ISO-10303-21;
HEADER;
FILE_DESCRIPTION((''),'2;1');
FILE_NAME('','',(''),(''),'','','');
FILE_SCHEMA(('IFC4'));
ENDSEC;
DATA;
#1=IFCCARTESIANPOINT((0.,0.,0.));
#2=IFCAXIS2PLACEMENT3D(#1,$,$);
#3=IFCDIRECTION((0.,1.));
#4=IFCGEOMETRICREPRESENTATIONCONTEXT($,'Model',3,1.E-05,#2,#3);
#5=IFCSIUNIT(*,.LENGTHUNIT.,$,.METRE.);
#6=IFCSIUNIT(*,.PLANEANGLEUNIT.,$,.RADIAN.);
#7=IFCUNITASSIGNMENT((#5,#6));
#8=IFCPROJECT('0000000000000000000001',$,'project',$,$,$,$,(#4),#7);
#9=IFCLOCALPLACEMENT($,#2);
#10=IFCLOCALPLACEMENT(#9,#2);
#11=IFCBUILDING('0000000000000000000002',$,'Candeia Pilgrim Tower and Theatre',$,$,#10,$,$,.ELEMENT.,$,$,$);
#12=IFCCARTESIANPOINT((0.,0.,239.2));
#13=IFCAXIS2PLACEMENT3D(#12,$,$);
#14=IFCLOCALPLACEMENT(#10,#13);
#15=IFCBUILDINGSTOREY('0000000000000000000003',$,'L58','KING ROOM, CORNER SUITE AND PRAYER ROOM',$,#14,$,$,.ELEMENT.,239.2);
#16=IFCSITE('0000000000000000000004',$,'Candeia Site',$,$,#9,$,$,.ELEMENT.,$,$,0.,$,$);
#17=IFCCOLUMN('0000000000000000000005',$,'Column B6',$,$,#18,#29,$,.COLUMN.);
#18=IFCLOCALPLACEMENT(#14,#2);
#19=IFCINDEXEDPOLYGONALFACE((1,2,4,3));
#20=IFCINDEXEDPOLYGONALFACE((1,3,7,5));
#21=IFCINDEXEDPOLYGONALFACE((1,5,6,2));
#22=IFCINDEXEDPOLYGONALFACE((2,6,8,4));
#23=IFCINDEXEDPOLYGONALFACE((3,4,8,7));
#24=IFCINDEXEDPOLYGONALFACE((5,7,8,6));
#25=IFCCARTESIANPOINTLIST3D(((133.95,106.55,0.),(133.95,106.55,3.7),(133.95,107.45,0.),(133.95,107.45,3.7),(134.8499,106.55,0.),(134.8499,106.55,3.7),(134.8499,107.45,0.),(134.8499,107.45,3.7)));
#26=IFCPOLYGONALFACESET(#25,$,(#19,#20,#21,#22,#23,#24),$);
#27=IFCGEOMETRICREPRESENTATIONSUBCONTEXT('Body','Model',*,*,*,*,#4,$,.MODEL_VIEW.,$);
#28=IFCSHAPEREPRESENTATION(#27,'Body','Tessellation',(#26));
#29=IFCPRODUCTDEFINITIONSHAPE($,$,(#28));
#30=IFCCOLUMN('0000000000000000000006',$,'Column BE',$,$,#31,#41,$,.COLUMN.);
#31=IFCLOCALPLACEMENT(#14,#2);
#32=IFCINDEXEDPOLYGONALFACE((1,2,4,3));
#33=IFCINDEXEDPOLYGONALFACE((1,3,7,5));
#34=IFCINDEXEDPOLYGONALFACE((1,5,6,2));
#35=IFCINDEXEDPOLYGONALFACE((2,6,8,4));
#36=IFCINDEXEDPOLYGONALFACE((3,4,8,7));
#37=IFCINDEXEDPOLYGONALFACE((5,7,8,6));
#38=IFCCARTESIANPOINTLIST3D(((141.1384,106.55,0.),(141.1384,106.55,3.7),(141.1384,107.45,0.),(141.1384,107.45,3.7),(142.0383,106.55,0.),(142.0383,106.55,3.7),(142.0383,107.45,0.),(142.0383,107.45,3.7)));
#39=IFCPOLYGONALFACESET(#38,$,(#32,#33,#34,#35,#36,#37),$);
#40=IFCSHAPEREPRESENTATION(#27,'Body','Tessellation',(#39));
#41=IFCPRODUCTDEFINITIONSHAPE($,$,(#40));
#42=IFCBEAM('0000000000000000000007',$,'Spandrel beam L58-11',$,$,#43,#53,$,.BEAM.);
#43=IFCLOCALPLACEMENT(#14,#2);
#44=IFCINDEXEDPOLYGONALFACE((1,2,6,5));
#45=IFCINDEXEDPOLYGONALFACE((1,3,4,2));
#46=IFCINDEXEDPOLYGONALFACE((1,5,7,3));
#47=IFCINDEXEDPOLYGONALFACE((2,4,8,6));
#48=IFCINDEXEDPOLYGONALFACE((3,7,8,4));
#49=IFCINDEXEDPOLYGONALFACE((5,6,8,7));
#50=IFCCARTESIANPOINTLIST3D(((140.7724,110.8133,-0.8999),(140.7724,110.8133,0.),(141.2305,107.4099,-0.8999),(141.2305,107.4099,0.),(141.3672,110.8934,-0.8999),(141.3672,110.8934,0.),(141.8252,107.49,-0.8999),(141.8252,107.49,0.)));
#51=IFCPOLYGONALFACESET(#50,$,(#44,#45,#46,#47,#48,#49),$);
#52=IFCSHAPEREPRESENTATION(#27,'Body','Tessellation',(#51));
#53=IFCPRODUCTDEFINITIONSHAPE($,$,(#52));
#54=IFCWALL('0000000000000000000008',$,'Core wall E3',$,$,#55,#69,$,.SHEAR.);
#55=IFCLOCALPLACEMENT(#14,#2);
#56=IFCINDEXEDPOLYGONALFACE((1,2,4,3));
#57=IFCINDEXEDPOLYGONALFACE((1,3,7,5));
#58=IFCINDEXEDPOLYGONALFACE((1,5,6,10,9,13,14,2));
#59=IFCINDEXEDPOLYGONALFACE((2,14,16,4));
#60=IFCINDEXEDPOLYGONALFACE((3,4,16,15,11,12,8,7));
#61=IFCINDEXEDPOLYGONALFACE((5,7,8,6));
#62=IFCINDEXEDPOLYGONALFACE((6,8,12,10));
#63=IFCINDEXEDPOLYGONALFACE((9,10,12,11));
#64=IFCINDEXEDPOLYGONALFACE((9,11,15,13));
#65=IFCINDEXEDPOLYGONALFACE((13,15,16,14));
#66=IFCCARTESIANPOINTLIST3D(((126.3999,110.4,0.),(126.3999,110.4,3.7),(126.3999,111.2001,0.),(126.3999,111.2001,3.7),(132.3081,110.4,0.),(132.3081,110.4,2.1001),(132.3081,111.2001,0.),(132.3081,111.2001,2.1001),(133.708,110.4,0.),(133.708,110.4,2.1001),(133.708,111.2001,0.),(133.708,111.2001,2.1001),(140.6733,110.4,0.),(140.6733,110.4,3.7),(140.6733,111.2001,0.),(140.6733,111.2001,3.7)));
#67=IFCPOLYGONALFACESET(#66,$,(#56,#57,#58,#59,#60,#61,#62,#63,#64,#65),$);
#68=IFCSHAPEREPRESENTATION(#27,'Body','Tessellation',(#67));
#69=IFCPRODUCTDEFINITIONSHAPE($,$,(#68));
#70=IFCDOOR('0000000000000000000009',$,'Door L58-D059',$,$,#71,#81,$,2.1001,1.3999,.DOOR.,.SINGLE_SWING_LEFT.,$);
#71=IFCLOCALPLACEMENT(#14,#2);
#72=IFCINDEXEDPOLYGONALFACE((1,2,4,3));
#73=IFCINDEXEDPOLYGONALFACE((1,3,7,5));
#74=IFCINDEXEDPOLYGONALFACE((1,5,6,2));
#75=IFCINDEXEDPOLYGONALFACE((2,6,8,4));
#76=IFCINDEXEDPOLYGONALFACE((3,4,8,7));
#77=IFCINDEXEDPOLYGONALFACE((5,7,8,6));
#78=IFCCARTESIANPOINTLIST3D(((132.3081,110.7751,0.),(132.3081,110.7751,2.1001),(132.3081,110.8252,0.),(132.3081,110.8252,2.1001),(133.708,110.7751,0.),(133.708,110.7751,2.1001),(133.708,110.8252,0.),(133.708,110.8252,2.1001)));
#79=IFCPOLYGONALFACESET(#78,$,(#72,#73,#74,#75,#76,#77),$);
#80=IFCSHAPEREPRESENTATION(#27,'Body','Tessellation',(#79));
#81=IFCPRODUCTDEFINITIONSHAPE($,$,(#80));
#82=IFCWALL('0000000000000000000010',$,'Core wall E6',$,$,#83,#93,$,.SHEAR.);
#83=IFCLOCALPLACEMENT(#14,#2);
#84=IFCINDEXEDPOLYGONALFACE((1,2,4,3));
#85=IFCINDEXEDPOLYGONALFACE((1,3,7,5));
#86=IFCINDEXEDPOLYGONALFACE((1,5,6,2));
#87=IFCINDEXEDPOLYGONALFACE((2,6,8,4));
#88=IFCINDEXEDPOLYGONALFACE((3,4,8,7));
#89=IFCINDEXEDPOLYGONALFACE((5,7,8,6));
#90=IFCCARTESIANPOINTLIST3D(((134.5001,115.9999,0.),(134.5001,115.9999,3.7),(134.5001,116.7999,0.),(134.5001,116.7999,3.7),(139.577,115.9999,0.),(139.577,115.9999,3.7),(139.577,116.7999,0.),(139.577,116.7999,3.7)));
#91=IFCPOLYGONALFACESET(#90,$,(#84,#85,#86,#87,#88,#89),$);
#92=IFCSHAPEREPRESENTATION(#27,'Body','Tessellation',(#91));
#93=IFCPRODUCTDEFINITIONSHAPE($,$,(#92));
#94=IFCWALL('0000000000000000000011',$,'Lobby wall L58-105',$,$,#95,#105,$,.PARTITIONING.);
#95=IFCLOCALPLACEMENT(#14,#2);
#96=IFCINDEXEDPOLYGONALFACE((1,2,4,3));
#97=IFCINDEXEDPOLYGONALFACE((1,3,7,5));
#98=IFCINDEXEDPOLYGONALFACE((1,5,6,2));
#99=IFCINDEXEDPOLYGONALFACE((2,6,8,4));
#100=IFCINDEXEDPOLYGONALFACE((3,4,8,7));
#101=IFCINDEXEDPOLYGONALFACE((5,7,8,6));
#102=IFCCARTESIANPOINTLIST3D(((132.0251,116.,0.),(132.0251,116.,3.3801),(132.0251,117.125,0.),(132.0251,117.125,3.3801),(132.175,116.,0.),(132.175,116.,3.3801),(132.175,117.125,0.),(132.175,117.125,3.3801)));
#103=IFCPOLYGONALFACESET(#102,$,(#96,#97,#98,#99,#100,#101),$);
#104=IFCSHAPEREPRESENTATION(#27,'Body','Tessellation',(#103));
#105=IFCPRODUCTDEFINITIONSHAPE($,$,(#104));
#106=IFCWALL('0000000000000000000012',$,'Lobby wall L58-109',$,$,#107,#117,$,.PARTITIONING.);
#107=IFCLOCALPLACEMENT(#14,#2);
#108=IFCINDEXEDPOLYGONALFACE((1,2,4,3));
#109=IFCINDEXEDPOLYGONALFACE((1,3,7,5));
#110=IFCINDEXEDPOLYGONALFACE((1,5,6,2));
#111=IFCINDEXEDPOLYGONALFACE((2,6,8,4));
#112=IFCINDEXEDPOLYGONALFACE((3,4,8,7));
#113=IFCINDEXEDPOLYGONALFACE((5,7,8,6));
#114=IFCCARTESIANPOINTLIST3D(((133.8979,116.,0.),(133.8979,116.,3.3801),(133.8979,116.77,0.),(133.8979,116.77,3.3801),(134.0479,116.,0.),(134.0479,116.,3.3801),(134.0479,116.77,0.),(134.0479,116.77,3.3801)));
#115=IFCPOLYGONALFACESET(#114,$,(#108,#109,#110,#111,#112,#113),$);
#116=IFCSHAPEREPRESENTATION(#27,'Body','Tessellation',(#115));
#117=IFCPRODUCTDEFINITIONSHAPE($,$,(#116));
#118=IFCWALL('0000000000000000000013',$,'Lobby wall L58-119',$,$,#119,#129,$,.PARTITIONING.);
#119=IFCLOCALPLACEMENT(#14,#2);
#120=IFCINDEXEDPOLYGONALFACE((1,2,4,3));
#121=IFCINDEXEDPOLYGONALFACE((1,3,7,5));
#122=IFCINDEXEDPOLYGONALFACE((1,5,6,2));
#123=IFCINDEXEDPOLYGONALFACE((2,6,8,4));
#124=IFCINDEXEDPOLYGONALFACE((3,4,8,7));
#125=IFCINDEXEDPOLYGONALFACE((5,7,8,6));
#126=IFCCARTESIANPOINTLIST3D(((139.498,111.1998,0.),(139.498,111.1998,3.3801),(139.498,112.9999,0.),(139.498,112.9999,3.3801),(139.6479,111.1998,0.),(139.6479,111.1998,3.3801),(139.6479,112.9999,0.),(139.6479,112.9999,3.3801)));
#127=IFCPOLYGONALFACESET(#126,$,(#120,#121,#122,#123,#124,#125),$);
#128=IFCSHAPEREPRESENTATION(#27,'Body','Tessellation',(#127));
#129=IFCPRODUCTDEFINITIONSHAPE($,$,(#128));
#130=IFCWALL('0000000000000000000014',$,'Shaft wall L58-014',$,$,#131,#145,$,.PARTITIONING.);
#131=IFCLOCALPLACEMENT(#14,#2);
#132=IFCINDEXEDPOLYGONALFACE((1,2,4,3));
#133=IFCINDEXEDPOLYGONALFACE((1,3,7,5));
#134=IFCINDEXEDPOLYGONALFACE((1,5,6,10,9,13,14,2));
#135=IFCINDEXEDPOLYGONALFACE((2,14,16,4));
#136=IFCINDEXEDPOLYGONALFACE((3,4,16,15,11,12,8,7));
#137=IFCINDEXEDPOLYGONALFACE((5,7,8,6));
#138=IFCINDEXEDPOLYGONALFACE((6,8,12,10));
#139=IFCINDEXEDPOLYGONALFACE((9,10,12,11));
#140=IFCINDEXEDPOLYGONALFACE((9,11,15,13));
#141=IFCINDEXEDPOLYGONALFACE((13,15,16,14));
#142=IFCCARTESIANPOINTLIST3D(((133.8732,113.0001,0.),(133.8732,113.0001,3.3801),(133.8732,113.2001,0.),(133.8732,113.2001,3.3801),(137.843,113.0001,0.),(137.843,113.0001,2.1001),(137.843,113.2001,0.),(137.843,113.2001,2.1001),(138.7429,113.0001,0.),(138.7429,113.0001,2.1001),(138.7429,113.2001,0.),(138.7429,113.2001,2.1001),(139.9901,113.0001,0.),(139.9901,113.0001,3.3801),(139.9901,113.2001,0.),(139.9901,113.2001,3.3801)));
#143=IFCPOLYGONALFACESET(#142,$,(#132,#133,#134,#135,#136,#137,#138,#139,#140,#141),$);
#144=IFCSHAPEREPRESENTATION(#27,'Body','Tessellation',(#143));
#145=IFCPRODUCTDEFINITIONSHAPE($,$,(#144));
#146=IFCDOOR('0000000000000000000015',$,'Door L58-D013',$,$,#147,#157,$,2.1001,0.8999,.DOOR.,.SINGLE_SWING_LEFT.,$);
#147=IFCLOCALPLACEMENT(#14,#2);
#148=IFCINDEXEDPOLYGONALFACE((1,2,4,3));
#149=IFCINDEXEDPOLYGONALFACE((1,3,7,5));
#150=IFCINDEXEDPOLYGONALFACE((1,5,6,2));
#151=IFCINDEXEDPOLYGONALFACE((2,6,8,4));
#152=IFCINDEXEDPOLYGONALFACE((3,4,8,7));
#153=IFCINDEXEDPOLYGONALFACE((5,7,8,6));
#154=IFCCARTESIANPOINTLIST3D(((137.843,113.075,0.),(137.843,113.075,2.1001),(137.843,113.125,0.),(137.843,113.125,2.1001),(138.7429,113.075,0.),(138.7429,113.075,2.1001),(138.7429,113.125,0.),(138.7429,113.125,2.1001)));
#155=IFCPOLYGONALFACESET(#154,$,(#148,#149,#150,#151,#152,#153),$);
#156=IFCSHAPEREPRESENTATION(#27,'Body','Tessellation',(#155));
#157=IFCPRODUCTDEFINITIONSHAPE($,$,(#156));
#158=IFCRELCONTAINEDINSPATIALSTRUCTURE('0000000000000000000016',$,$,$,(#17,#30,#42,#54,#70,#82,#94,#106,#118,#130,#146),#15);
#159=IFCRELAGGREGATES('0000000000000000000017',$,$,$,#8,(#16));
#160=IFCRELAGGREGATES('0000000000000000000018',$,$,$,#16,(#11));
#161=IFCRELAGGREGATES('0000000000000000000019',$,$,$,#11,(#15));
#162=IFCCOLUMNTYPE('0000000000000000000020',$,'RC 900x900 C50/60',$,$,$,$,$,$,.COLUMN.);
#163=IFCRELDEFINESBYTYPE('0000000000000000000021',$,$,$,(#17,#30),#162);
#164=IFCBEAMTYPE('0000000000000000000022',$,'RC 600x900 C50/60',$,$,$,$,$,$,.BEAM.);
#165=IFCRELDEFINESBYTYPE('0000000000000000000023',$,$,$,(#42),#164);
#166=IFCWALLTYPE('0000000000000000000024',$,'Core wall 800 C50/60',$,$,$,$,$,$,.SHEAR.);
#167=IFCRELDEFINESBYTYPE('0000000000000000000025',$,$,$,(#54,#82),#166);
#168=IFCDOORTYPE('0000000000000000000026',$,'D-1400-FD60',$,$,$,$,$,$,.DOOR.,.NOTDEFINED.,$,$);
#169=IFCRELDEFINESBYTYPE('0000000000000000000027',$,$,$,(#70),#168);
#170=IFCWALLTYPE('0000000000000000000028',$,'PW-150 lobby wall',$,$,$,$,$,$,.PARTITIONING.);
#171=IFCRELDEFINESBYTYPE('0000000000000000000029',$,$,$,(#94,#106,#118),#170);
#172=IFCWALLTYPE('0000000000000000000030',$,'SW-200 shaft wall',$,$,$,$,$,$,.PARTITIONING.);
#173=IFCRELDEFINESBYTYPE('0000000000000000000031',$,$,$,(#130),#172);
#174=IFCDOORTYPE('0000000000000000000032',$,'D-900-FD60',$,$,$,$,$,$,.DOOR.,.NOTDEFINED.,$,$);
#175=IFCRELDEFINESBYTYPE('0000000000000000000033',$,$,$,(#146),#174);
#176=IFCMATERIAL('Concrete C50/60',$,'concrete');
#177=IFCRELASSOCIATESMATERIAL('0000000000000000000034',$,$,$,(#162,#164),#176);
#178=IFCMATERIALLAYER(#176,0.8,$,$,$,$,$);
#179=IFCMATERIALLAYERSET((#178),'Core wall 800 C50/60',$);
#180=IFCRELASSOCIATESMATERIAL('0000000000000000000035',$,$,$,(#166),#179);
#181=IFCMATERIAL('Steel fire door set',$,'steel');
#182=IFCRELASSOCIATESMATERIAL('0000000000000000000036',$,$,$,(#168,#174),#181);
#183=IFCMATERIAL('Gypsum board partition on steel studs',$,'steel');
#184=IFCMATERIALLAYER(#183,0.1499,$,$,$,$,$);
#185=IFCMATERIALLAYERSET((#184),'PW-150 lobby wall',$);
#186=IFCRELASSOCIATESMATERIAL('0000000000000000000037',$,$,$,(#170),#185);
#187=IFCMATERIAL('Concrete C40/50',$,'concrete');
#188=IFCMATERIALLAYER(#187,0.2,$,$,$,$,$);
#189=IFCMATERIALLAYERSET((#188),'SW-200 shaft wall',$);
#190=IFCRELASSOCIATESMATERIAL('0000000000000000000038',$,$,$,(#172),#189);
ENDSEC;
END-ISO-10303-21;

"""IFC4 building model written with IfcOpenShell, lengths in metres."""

from ifc_helpers import new_model, si_unit, direction, frame, frame_2d, origin, origin_2d, place, context, subcontext, project, spatial, rectangle, extrude, material, layer, layer_set, material_profile, profile_set, type_object, element, fill, save


model = new_model("IFC4")

# Units and contexts
model_context = context("Model", 3, precision=1e-05, world=origin(), true_north=direction((0.0, 1.0)))
body_context = subcontext(model_context, "Body", "Model", "MODEL_VIEW")
ifc_project = project(units=[si_unit("LENGTHUNIT", "METRE"), si_unit("PLANEANGLEUNIT", "RADIAN")], contexts=[model_context])

# Site, building, storey
site_placement = place(None, origin())
site = spatial("IfcSite", under=ifc_project, at=site_placement, Name="Candeia Site", CompositionType="ELEMENT", RefElevation=0.0)
building_placement = place(site_placement, origin())
building = spatial("IfcBuilding", under=site, at=building_placement, Name="Candeia Pilgrim Tower and Theatre", CompositionType="ELEMENT")
storey_placement = place(building_placement, frame((0.0, 0.0, 239.2)))
storey = spatial("IfcBuildingStorey", under=building, at=storey_placement, Name="L58", Description="KING ROOM, CORNER SUITE AND PRAYER ROOM", CompositionType="ELEMENT", Elevation=239.2)

# Columns
ifc_material_1 = material(Name="Concrete C50/60", Category="concrete")
ifc_material_profile_1 = material_profile(ifc_material_1, rectangle(XDim=0.8999, YDim=0.8999, at=origin_2d()))
ifc_profile_set_1 = profile_set([ifc_material_profile_1], Name="Concrete C50/60")
column_type = type_object("IfcColumnType", Name="RC 900x900 C50/60", PredefinedType="COLUMN", material=ifc_profile_set_1)
for number, where, z_axis, x_axis, name in (
    (1, (134.3999, 107.0, 0.0), (0.0, 0.0, 1.0), (1.0, 0.0, 0.0), "Column B6"),
    (2, (141.5884, 107.0, 0.0), (0.0, 0.0, 1.0), (1.0, 0.0, 0.0), "Column BE"),
):
    element("IfcColumn", number, at=place(storey_placement, frame(where, z_axis=z_axis, x_axis=x_axis)), inside=storey, type_object=column_type, Name=name, PredefinedType="COLUMN", context=body_context, shape_type="SweptSolid", body=[
        extrude(rectangle(XDim=0.8999, YDim=0.8999, at=origin_2d()), origin(), (0.0, 0.0, 1.0), 3.7),
    ])

# Beam
ifc_material_profile_2 = material_profile(ifc_material_1, rectangle(XDim=0.6001, YDim=0.8999, at=origin_2d()))
ifc_profile_set_2 = profile_set([ifc_material_profile_2], Name="Concrete C50/60")
beam_type = type_object("IfcBeamType", Name="RC 600x900 C50/60", PredefinedType="BEAM", material=ifc_profile_set_2)
beam_placement = place(storey_placement, frame((141.5278, 107.45, -0.45), z_axis=(-0.133374, 0.991066, 0.0), x_axis=(-0.991066, -0.133374, 0.0)))
element("IfcBeam", 3, at=beam_placement, inside=storey, type_object=beam_type, Name="Spandrel beam L58-11", PredefinedType="BEAM", context=body_context, shape_type="SweptSolid", body=[
    extrude(rectangle(XDim=0.6001, YDim=0.8999, at=origin_2d()), origin(), (0.0, 0.0, 1.0), 3.4341),
])

# Wall, opening, door
ifc_layer_1 = layer(ifc_material_1, 0.8)
ifc_layer_set_1 = layer_set([ifc_layer_1], Name="Core wall 800 C50/60")
wall_type_1 = type_object("IfcWallType", Name="Core wall 800 C50/60", PredefinedType="SHEAR", material=ifc_layer_set_1)
wall_1_placement = place(storey_placement, frame((140.6733, 110.8, 0.0), z_axis=(0.0, 0.0, 1.0), x_axis=(-1.0, 0.0, 0.0)))
wall_1 = element("IfcWall", 4, at=wall_1_placement, inside=storey, type_object=wall_type_1, Name="Core wall E3", PredefinedType="SHEAR", context=body_context, shape_type="SweptSolid", body=[
    extrude(rectangle(XDim=14.2734, YDim=0.8, at=frame_2d((7.1367, 0.0))), origin(), (0.0, 0.0, 1.0), 3.7),
])
opening_1_placement = place(wall_1_placement, frame((6.9653, 0.0, 0.0)))
opening_1 = element("IfcOpeningElement", 5, at=opening_1_placement, cuts=wall_1, PredefinedType="OPENING", context=body_context, shape_type="SweptSolid", body=[
    extrude(rectangle(XDim=1.3999, YDim=2.1001, at=frame_2d((0.7, 1.05))), frame((0.0, 0.4102, 0.0), z_axis=(0.0, -1.0, 0.0), x_axis=(1.0, 0.0, 0.0)), (0.0, 0.0, 1.0), 0.8201),
])
ifc_material_2 = material(Name="Steel fire door set", Category="steel")
door_type_1 = type_object("IfcDoorType", Name="D-1400-FD60", OperationType="NOTDEFINED", PredefinedType="DOOR", material=ifc_material_2)
door_1_placement = place(opening_1_placement, origin())
door_1 = element("IfcDoor", 6, at=door_1_placement, inside=storey, type_object=door_type_1, Name="Door L58-D059", OperationType="SINGLE_SWING_LEFT", OverallHeight=2.1001, OverallWidth=1.3999, PredefinedType="DOOR", context=body_context, shape_type="SweptSolid", body=[
    extrude(rectangle(XDim=1.3999, YDim=2.1001, at=frame_2d((0.7, 1.05))), frame((0.0, 0.0249, 0.0), z_axis=(0.0, -1.0, 0.0), x_axis=(1.0, 0.0, 0.0)), (0.0, 0.0, 1.0), 0.05),
])
fill(opening_1, door_1)

# Walls
wall_2_placement = place(storey_placement, frame((134.5, 116.3999, 0.0), z_axis=(0.0, 0.0, 1.0), x_axis=(1.0, 0.0, 0.0)))
element("IfcWall", 7, at=wall_2_placement, inside=storey, type_object=wall_type_1, Name="Core wall E6", PredefinedType="SHEAR", context=body_context, shape_type="SweptSolid", body=[
    extrude(rectangle(XDim=5.0769, YDim=0.8, at=frame_2d((2.5386, 0.0))), origin(), (0.0, 0.0, 1.0), 3.7),
])
ifc_material_3 = material(Name="Gypsum board partition on steel studs", Category="steel")
ifc_layer_2 = layer(ifc_material_3, 0.1499)
ifc_layer_set_2 = layer_set([ifc_layer_2], Name="PW-150 lobby wall")
wall_type_2 = type_object("IfcWallType", Name="PW-150 lobby wall", PredefinedType="PARTITIONING", material=ifc_layer_set_2)
wall_3_placement = place(storey_placement, frame((132.1001, 116.0, 0.0), z_axis=(0.0, 0.0, 1.0), x_axis=(0.0, 1.0, 0.0)))
element("IfcWall", 8, at=wall_3_placement, inside=storey, type_object=wall_type_2, Name="Lobby wall L58-105", PredefinedType="PARTITIONING", context=body_context, shape_type="SweptSolid", body=[
    extrude(rectangle(XDim=1.125, YDim=0.1499, at=frame_2d((0.5625, 0.0))), origin(), (0.0, 0.0, 1.0), 3.3801),
])
wall_4_placement = place(storey_placement, frame((133.9729, 116.0, 0.0), z_axis=(0.0, 0.0, 1.0), x_axis=(0.0, 1.0, 0.0)))
element("IfcWall", 9, at=wall_4_placement, inside=storey, type_object=wall_type_2, Name="Lobby wall L58-109", PredefinedType="PARTITIONING", context=body_context, shape_type="SweptSolid", body=[
    extrude(rectangle(XDim=0.77, YDim=0.1499, at=frame_2d((0.385, 0.0))), origin(), (0.0, 0.0, 1.0), 3.3801),
])
wall_5_placement = place(storey_placement, frame((139.573, 111.2, 0.0), z_axis=(0.0, 0.0, 1.0), x_axis=(0.0, 1.0, 0.0)))
element("IfcWall", 10, at=wall_5_placement, inside=storey, type_object=wall_type_2, Name="Lobby wall L58-119", PredefinedType="PARTITIONING", context=body_context, shape_type="SweptSolid", body=[
    extrude(rectangle(XDim=1.8, YDim=0.1499, at=frame_2d((0.8999, 0.0))), origin(), (0.0, 0.0, 1.0), 3.3801),
])

# Wall, opening, door
ifc_material_4 = material(Name="Concrete C40/50", Category="concrete")
ifc_layer_3 = layer(ifc_material_4, 0.2)
ifc_layer_set_3 = layer_set([ifc_layer_3], Name="SW-200 shaft wall")
wall_type_3 = type_object("IfcWallType", Name="SW-200 shaft wall", PredefinedType="PARTITIONING", material=ifc_layer_set_3)
wall_6_placement = place(storey_placement, frame((133.873, 113.1001, 0.0), z_axis=(0.0, 0.0, 1.0), x_axis=(1.0, 0.0, 0.0)))
wall_6 = element("IfcWall", 11, at=wall_6_placement, inside=storey, type_object=wall_type_3, Name="Shaft wall L58-014", PredefinedType="PARTITIONING", context=body_context, shape_type="SweptSolid", body=[
    extrude(rectangle(XDim=6.1169, YDim=0.2, at=frame_2d((3.0586, 0.0))), origin(), (0.0, 0.0, 1.0), 3.3801),
])
opening_2_placement = place(wall_6_placement, frame((3.97, 0.0, 0.0)))
opening_2 = element("IfcOpeningElement", 12, at=opening_2_placement, cuts=wall_6, PredefinedType="OPENING", context=body_context, shape_type="SweptSolid", body=[
    extrude(rectangle(XDim=0.8999, YDim=2.1001, at=frame_2d((0.45, 1.05))), frame((0.0, 0.1099, 0.0), z_axis=(0.0, -1.0, 0.0), x_axis=(1.0, 0.0, 0.0)), (0.0, 0.0, 1.0), 0.22),
])
door_type_2 = type_object("IfcDoorType", Name="D-900-FD60", OperationType="NOTDEFINED", PredefinedType="DOOR", material=ifc_material_2)
door_2_placement = place(opening_2_placement, origin())
door_2 = element("IfcDoor", 13, at=door_2_placement, inside=storey, type_object=door_type_2, Name="Door L58-D013", OperationType="SINGLE_SWING_LEFT", OverallHeight=2.1001, OverallWidth=0.8999, PredefinedType="DOOR", context=body_context, shape_type="SweptSolid", body=[
    extrude(rectangle(XDim=0.8999, YDim=2.1001, at=frame_2d((0.45, 1.05))), frame((0.0, 0.0249, 0.0), z_axis=(0.0, -1.0, 0.0), x_axis=(1.0, 0.0, 0.0)), (0.0, 0.0, 1.0), 0.05),
])
fill(opening_2, door_2)

save(model, "model.ifc")
